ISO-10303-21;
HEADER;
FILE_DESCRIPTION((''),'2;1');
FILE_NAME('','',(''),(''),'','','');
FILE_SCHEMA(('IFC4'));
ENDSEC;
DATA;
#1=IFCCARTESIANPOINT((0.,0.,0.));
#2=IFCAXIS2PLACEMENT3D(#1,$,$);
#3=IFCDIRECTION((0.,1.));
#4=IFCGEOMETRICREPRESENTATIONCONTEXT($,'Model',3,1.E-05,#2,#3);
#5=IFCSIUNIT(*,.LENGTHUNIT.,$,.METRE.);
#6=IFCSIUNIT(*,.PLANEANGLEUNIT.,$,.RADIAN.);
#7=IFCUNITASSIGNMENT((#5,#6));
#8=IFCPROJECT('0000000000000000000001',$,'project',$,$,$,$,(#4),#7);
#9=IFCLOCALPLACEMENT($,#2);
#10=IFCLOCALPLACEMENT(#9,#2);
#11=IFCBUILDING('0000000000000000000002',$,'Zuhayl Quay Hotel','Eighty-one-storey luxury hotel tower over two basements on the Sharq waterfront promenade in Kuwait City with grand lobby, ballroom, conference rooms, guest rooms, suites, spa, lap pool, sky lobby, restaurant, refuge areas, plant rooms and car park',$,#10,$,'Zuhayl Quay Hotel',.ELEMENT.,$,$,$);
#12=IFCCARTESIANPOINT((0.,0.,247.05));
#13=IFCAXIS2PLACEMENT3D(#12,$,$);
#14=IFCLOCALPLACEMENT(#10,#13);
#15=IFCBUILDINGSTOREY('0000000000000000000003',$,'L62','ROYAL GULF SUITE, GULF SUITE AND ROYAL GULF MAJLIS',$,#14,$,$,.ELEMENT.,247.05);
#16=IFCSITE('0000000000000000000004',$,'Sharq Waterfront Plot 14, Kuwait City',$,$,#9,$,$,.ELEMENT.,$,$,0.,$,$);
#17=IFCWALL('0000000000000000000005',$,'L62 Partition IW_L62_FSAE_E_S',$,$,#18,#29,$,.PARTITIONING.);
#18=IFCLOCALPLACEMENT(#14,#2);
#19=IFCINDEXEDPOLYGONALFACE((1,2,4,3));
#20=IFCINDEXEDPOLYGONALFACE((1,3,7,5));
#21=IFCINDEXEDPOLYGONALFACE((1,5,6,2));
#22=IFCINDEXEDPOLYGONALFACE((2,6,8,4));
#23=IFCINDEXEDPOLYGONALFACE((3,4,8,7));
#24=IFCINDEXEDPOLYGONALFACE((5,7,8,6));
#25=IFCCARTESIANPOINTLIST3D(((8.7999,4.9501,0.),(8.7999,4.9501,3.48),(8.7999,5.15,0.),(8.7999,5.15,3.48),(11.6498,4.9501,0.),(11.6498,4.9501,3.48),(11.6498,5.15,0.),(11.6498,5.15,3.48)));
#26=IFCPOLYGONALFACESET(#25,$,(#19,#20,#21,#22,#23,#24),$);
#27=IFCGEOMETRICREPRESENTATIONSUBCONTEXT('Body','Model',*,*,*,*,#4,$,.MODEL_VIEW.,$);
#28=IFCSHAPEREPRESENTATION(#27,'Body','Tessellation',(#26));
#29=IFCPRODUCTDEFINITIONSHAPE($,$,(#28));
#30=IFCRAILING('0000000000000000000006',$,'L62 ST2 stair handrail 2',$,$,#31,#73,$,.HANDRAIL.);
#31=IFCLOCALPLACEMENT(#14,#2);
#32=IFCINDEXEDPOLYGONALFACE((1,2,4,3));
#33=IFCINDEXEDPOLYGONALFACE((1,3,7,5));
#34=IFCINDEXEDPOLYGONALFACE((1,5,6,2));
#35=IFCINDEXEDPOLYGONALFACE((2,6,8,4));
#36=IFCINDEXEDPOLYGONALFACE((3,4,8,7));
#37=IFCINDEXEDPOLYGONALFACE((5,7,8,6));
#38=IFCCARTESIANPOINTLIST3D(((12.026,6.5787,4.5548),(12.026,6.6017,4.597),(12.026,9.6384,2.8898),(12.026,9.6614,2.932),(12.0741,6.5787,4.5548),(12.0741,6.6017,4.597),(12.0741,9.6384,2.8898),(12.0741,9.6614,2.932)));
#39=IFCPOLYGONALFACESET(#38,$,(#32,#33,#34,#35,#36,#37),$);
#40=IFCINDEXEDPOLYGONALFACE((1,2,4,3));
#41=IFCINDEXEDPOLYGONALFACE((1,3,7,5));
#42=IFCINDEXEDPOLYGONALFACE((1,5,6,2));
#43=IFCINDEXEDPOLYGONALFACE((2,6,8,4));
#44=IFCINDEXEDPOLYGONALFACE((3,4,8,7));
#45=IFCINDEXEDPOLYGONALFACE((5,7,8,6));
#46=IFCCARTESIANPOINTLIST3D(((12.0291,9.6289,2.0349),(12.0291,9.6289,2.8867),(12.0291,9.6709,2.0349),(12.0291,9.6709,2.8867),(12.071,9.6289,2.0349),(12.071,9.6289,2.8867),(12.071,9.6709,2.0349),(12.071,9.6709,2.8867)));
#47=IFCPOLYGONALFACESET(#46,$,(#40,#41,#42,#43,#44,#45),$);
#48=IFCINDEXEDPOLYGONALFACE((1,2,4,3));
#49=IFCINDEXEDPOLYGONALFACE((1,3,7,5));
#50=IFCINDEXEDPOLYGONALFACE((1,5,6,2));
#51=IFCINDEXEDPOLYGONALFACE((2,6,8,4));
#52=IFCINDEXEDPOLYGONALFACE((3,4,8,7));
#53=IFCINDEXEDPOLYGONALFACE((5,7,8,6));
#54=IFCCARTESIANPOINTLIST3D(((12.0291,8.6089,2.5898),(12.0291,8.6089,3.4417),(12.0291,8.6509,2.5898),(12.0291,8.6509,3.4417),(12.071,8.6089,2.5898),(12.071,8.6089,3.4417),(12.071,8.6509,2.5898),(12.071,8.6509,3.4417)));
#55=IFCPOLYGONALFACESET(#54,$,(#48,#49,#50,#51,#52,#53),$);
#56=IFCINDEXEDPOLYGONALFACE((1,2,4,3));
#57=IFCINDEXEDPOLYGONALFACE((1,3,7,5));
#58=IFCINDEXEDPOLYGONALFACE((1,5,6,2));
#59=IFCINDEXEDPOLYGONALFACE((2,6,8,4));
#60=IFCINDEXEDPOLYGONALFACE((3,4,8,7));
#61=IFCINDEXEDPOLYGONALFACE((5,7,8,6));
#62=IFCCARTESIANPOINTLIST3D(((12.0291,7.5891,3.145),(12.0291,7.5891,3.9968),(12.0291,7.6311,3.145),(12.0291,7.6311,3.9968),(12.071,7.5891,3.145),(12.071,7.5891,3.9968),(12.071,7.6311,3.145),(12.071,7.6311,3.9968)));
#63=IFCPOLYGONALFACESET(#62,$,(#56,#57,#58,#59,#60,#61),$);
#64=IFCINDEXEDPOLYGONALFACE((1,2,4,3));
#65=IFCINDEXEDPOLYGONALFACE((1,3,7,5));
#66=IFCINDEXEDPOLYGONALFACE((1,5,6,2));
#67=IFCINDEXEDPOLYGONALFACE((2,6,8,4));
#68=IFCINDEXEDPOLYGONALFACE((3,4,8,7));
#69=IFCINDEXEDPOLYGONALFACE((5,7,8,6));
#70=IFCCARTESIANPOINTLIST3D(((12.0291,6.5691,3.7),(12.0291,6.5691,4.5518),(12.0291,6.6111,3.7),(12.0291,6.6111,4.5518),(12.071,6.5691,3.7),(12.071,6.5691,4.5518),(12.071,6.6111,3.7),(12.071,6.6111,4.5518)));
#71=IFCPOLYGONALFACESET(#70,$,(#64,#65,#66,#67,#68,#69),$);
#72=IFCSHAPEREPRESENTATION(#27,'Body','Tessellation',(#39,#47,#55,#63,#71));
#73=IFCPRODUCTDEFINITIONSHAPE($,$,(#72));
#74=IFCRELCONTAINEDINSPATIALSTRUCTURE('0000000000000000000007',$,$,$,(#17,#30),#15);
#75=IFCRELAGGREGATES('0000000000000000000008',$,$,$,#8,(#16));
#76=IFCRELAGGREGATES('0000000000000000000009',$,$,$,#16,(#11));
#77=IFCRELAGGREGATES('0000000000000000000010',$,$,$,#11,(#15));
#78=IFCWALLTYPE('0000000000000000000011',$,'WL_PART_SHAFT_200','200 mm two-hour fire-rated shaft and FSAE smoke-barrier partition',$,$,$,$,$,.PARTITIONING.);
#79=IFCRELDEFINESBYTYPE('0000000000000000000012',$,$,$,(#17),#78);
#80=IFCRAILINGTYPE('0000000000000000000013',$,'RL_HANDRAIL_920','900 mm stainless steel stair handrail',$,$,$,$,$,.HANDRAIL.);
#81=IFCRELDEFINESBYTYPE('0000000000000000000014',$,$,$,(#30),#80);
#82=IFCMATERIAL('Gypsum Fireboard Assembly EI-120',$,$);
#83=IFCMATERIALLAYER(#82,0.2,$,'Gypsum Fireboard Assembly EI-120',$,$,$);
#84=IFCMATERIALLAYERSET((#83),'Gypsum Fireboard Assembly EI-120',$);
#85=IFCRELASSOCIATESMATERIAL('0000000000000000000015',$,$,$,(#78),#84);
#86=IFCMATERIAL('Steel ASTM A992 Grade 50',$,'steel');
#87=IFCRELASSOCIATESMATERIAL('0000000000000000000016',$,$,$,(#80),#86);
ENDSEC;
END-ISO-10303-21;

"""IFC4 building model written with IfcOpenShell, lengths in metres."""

from ifc_helpers import new_model, si_unit, direction, frame, frame_2d, origin, origin_2d, place, context, subcontext, project, spatial, rectangle, extrude, material, layer, layer_set, type_object, element, save


model = new_model("IFC4")

# Units and contexts
model_context = context("Model", 3, precision=1e-05, world=origin(), true_north=direction((0.0, 1.0)))
body_context = subcontext(model_context, "Body", "Model", "MODEL_VIEW")
ifc_project = project(units=[si_unit("LENGTHUNIT", "METRE"), si_unit("PLANEANGLEUNIT", "RADIAN")], contexts=[model_context])

# Site, building, storey
site_placement = place(None, origin())
site = spatial("IfcSite", under=ifc_project, at=site_placement, Name="Sharq Waterfront Plot 14, Kuwait City", CompositionType="ELEMENT", RefElevation=0.0)
building_placement = place(site_placement, origin())
building = spatial("IfcBuilding", under=site, at=building_placement, Name="Zuhayl Quay Hotel", Description="Eighty-one-storey luxury hotel tower over two basements on the Sharq waterfront promenade in Kuwait City with grand lobby, ballroom, conference rooms, guest rooms, suites, spa, lap pool, sky lobby, restaurant, refuge areas, plant rooms and car park", LongName="Zuhayl Quay Hotel", CompositionType="ELEMENT")
storey_placement = place(building_placement, frame((0.0, 0.0, 247.05)))
storey = spatial("IfcBuildingStorey", under=building, at=storey_placement, Name="L62", Description="ROYAL GULF SUITE, GULF SUITE AND ROYAL GULF MAJLIS", CompositionType="ELEMENT", Elevation=247.05)

# Shared definitions
ifc_material_1 = material(Name="Gypsum Fireboard Assembly EI-120")
ifc_layer_1 = layer(ifc_material_1, 0.2, Name="Gypsum Fireboard Assembly EI-120")
ifc_layer_set_1 = layer_set([ifc_layer_1], Name="Gypsum Fireboard Assembly EI-120")
wall_type_1 = type_object("IfcWallType", Name="WL_PART_SHAFT_200", Description="200 mm two-hour fire-rated shaft and FSAE smoke-barrier partition", PredefinedType="PARTITIONING", material=ifc_layer_set_1)
ifc_material_2 = material(Name="Steel ASTM A992 Grade 50", Category="steel")

# Wall
wall_1_placement = place(storey_placement, frame((8.8, 5.05, 0.0), z_axis=(0.0, 0.0, 1.0), x_axis=(1.0, 0.0, 0.0)))
element("IfcWall", 1, at=wall_1_placement, inside=storey, type_object=wall_type_1, Name="L62 Partition IW_L62_FSAE_E_S", PredefinedType="PARTITIONING", context=body_context, shape_type="SweptSolid", body=[
    extrude(rectangle(XDim=2.8499, YDim=0.2, at=frame_2d((1.4248, 0.0))), origin(), (0.0, 0.0, 1.0), 3.48),
])

# Railing
railing_type = type_object("IfcRailingType", Name="RL_HANDRAIL_920", Description="900 mm stainless steel stair handrail", PredefinedType="HANDRAIL", material=ifc_material_2)
railing_placement = place(storey_placement, frame((12.05, 9.6499, 2.0349)))
element("IfcRailing", 2, at=railing_placement, inside=storey, type_object=railing_type, Name="L62 ST2 stair handrail 2", PredefinedType="HANDRAIL", context=body_context, shape_type="SweptSolid", body=[
    extrude(rectangle(XDim=0.0481, YDim=0.0481, at=origin_2d()), frame((0.0, 0.0, 0.876), z_axis=(0.0, -0.878372, 0.477978), x_axis=(1.0, 0.0, 0.0)), (0.0, 0.0, 1.0), 3.4834),
    extrude(rectangle(XDim=0.042, YDim=0.042, at=origin_2d()), origin(), (0.0, 0.0, 1.0), 0.8518),
    extrude(rectangle(XDim=0.042, YDim=0.042, at=origin_2d()), frame((0.0, -1.02, 0.5549)), (0.0, 0.0, 1.0), 0.8518),
    extrude(rectangle(XDim=0.042, YDim=0.042, at=origin_2d()), frame((0.0, -2.0398, 1.1101)), (0.0, 0.0, 1.0), 0.8518),
    extrude(rectangle(XDim=0.042, YDim=0.042, at=origin_2d()), frame((0.0, -3.0598, 1.665)), (0.0, 0.0, 1.0), 0.8518),
])

save(model, "model.ifc")
